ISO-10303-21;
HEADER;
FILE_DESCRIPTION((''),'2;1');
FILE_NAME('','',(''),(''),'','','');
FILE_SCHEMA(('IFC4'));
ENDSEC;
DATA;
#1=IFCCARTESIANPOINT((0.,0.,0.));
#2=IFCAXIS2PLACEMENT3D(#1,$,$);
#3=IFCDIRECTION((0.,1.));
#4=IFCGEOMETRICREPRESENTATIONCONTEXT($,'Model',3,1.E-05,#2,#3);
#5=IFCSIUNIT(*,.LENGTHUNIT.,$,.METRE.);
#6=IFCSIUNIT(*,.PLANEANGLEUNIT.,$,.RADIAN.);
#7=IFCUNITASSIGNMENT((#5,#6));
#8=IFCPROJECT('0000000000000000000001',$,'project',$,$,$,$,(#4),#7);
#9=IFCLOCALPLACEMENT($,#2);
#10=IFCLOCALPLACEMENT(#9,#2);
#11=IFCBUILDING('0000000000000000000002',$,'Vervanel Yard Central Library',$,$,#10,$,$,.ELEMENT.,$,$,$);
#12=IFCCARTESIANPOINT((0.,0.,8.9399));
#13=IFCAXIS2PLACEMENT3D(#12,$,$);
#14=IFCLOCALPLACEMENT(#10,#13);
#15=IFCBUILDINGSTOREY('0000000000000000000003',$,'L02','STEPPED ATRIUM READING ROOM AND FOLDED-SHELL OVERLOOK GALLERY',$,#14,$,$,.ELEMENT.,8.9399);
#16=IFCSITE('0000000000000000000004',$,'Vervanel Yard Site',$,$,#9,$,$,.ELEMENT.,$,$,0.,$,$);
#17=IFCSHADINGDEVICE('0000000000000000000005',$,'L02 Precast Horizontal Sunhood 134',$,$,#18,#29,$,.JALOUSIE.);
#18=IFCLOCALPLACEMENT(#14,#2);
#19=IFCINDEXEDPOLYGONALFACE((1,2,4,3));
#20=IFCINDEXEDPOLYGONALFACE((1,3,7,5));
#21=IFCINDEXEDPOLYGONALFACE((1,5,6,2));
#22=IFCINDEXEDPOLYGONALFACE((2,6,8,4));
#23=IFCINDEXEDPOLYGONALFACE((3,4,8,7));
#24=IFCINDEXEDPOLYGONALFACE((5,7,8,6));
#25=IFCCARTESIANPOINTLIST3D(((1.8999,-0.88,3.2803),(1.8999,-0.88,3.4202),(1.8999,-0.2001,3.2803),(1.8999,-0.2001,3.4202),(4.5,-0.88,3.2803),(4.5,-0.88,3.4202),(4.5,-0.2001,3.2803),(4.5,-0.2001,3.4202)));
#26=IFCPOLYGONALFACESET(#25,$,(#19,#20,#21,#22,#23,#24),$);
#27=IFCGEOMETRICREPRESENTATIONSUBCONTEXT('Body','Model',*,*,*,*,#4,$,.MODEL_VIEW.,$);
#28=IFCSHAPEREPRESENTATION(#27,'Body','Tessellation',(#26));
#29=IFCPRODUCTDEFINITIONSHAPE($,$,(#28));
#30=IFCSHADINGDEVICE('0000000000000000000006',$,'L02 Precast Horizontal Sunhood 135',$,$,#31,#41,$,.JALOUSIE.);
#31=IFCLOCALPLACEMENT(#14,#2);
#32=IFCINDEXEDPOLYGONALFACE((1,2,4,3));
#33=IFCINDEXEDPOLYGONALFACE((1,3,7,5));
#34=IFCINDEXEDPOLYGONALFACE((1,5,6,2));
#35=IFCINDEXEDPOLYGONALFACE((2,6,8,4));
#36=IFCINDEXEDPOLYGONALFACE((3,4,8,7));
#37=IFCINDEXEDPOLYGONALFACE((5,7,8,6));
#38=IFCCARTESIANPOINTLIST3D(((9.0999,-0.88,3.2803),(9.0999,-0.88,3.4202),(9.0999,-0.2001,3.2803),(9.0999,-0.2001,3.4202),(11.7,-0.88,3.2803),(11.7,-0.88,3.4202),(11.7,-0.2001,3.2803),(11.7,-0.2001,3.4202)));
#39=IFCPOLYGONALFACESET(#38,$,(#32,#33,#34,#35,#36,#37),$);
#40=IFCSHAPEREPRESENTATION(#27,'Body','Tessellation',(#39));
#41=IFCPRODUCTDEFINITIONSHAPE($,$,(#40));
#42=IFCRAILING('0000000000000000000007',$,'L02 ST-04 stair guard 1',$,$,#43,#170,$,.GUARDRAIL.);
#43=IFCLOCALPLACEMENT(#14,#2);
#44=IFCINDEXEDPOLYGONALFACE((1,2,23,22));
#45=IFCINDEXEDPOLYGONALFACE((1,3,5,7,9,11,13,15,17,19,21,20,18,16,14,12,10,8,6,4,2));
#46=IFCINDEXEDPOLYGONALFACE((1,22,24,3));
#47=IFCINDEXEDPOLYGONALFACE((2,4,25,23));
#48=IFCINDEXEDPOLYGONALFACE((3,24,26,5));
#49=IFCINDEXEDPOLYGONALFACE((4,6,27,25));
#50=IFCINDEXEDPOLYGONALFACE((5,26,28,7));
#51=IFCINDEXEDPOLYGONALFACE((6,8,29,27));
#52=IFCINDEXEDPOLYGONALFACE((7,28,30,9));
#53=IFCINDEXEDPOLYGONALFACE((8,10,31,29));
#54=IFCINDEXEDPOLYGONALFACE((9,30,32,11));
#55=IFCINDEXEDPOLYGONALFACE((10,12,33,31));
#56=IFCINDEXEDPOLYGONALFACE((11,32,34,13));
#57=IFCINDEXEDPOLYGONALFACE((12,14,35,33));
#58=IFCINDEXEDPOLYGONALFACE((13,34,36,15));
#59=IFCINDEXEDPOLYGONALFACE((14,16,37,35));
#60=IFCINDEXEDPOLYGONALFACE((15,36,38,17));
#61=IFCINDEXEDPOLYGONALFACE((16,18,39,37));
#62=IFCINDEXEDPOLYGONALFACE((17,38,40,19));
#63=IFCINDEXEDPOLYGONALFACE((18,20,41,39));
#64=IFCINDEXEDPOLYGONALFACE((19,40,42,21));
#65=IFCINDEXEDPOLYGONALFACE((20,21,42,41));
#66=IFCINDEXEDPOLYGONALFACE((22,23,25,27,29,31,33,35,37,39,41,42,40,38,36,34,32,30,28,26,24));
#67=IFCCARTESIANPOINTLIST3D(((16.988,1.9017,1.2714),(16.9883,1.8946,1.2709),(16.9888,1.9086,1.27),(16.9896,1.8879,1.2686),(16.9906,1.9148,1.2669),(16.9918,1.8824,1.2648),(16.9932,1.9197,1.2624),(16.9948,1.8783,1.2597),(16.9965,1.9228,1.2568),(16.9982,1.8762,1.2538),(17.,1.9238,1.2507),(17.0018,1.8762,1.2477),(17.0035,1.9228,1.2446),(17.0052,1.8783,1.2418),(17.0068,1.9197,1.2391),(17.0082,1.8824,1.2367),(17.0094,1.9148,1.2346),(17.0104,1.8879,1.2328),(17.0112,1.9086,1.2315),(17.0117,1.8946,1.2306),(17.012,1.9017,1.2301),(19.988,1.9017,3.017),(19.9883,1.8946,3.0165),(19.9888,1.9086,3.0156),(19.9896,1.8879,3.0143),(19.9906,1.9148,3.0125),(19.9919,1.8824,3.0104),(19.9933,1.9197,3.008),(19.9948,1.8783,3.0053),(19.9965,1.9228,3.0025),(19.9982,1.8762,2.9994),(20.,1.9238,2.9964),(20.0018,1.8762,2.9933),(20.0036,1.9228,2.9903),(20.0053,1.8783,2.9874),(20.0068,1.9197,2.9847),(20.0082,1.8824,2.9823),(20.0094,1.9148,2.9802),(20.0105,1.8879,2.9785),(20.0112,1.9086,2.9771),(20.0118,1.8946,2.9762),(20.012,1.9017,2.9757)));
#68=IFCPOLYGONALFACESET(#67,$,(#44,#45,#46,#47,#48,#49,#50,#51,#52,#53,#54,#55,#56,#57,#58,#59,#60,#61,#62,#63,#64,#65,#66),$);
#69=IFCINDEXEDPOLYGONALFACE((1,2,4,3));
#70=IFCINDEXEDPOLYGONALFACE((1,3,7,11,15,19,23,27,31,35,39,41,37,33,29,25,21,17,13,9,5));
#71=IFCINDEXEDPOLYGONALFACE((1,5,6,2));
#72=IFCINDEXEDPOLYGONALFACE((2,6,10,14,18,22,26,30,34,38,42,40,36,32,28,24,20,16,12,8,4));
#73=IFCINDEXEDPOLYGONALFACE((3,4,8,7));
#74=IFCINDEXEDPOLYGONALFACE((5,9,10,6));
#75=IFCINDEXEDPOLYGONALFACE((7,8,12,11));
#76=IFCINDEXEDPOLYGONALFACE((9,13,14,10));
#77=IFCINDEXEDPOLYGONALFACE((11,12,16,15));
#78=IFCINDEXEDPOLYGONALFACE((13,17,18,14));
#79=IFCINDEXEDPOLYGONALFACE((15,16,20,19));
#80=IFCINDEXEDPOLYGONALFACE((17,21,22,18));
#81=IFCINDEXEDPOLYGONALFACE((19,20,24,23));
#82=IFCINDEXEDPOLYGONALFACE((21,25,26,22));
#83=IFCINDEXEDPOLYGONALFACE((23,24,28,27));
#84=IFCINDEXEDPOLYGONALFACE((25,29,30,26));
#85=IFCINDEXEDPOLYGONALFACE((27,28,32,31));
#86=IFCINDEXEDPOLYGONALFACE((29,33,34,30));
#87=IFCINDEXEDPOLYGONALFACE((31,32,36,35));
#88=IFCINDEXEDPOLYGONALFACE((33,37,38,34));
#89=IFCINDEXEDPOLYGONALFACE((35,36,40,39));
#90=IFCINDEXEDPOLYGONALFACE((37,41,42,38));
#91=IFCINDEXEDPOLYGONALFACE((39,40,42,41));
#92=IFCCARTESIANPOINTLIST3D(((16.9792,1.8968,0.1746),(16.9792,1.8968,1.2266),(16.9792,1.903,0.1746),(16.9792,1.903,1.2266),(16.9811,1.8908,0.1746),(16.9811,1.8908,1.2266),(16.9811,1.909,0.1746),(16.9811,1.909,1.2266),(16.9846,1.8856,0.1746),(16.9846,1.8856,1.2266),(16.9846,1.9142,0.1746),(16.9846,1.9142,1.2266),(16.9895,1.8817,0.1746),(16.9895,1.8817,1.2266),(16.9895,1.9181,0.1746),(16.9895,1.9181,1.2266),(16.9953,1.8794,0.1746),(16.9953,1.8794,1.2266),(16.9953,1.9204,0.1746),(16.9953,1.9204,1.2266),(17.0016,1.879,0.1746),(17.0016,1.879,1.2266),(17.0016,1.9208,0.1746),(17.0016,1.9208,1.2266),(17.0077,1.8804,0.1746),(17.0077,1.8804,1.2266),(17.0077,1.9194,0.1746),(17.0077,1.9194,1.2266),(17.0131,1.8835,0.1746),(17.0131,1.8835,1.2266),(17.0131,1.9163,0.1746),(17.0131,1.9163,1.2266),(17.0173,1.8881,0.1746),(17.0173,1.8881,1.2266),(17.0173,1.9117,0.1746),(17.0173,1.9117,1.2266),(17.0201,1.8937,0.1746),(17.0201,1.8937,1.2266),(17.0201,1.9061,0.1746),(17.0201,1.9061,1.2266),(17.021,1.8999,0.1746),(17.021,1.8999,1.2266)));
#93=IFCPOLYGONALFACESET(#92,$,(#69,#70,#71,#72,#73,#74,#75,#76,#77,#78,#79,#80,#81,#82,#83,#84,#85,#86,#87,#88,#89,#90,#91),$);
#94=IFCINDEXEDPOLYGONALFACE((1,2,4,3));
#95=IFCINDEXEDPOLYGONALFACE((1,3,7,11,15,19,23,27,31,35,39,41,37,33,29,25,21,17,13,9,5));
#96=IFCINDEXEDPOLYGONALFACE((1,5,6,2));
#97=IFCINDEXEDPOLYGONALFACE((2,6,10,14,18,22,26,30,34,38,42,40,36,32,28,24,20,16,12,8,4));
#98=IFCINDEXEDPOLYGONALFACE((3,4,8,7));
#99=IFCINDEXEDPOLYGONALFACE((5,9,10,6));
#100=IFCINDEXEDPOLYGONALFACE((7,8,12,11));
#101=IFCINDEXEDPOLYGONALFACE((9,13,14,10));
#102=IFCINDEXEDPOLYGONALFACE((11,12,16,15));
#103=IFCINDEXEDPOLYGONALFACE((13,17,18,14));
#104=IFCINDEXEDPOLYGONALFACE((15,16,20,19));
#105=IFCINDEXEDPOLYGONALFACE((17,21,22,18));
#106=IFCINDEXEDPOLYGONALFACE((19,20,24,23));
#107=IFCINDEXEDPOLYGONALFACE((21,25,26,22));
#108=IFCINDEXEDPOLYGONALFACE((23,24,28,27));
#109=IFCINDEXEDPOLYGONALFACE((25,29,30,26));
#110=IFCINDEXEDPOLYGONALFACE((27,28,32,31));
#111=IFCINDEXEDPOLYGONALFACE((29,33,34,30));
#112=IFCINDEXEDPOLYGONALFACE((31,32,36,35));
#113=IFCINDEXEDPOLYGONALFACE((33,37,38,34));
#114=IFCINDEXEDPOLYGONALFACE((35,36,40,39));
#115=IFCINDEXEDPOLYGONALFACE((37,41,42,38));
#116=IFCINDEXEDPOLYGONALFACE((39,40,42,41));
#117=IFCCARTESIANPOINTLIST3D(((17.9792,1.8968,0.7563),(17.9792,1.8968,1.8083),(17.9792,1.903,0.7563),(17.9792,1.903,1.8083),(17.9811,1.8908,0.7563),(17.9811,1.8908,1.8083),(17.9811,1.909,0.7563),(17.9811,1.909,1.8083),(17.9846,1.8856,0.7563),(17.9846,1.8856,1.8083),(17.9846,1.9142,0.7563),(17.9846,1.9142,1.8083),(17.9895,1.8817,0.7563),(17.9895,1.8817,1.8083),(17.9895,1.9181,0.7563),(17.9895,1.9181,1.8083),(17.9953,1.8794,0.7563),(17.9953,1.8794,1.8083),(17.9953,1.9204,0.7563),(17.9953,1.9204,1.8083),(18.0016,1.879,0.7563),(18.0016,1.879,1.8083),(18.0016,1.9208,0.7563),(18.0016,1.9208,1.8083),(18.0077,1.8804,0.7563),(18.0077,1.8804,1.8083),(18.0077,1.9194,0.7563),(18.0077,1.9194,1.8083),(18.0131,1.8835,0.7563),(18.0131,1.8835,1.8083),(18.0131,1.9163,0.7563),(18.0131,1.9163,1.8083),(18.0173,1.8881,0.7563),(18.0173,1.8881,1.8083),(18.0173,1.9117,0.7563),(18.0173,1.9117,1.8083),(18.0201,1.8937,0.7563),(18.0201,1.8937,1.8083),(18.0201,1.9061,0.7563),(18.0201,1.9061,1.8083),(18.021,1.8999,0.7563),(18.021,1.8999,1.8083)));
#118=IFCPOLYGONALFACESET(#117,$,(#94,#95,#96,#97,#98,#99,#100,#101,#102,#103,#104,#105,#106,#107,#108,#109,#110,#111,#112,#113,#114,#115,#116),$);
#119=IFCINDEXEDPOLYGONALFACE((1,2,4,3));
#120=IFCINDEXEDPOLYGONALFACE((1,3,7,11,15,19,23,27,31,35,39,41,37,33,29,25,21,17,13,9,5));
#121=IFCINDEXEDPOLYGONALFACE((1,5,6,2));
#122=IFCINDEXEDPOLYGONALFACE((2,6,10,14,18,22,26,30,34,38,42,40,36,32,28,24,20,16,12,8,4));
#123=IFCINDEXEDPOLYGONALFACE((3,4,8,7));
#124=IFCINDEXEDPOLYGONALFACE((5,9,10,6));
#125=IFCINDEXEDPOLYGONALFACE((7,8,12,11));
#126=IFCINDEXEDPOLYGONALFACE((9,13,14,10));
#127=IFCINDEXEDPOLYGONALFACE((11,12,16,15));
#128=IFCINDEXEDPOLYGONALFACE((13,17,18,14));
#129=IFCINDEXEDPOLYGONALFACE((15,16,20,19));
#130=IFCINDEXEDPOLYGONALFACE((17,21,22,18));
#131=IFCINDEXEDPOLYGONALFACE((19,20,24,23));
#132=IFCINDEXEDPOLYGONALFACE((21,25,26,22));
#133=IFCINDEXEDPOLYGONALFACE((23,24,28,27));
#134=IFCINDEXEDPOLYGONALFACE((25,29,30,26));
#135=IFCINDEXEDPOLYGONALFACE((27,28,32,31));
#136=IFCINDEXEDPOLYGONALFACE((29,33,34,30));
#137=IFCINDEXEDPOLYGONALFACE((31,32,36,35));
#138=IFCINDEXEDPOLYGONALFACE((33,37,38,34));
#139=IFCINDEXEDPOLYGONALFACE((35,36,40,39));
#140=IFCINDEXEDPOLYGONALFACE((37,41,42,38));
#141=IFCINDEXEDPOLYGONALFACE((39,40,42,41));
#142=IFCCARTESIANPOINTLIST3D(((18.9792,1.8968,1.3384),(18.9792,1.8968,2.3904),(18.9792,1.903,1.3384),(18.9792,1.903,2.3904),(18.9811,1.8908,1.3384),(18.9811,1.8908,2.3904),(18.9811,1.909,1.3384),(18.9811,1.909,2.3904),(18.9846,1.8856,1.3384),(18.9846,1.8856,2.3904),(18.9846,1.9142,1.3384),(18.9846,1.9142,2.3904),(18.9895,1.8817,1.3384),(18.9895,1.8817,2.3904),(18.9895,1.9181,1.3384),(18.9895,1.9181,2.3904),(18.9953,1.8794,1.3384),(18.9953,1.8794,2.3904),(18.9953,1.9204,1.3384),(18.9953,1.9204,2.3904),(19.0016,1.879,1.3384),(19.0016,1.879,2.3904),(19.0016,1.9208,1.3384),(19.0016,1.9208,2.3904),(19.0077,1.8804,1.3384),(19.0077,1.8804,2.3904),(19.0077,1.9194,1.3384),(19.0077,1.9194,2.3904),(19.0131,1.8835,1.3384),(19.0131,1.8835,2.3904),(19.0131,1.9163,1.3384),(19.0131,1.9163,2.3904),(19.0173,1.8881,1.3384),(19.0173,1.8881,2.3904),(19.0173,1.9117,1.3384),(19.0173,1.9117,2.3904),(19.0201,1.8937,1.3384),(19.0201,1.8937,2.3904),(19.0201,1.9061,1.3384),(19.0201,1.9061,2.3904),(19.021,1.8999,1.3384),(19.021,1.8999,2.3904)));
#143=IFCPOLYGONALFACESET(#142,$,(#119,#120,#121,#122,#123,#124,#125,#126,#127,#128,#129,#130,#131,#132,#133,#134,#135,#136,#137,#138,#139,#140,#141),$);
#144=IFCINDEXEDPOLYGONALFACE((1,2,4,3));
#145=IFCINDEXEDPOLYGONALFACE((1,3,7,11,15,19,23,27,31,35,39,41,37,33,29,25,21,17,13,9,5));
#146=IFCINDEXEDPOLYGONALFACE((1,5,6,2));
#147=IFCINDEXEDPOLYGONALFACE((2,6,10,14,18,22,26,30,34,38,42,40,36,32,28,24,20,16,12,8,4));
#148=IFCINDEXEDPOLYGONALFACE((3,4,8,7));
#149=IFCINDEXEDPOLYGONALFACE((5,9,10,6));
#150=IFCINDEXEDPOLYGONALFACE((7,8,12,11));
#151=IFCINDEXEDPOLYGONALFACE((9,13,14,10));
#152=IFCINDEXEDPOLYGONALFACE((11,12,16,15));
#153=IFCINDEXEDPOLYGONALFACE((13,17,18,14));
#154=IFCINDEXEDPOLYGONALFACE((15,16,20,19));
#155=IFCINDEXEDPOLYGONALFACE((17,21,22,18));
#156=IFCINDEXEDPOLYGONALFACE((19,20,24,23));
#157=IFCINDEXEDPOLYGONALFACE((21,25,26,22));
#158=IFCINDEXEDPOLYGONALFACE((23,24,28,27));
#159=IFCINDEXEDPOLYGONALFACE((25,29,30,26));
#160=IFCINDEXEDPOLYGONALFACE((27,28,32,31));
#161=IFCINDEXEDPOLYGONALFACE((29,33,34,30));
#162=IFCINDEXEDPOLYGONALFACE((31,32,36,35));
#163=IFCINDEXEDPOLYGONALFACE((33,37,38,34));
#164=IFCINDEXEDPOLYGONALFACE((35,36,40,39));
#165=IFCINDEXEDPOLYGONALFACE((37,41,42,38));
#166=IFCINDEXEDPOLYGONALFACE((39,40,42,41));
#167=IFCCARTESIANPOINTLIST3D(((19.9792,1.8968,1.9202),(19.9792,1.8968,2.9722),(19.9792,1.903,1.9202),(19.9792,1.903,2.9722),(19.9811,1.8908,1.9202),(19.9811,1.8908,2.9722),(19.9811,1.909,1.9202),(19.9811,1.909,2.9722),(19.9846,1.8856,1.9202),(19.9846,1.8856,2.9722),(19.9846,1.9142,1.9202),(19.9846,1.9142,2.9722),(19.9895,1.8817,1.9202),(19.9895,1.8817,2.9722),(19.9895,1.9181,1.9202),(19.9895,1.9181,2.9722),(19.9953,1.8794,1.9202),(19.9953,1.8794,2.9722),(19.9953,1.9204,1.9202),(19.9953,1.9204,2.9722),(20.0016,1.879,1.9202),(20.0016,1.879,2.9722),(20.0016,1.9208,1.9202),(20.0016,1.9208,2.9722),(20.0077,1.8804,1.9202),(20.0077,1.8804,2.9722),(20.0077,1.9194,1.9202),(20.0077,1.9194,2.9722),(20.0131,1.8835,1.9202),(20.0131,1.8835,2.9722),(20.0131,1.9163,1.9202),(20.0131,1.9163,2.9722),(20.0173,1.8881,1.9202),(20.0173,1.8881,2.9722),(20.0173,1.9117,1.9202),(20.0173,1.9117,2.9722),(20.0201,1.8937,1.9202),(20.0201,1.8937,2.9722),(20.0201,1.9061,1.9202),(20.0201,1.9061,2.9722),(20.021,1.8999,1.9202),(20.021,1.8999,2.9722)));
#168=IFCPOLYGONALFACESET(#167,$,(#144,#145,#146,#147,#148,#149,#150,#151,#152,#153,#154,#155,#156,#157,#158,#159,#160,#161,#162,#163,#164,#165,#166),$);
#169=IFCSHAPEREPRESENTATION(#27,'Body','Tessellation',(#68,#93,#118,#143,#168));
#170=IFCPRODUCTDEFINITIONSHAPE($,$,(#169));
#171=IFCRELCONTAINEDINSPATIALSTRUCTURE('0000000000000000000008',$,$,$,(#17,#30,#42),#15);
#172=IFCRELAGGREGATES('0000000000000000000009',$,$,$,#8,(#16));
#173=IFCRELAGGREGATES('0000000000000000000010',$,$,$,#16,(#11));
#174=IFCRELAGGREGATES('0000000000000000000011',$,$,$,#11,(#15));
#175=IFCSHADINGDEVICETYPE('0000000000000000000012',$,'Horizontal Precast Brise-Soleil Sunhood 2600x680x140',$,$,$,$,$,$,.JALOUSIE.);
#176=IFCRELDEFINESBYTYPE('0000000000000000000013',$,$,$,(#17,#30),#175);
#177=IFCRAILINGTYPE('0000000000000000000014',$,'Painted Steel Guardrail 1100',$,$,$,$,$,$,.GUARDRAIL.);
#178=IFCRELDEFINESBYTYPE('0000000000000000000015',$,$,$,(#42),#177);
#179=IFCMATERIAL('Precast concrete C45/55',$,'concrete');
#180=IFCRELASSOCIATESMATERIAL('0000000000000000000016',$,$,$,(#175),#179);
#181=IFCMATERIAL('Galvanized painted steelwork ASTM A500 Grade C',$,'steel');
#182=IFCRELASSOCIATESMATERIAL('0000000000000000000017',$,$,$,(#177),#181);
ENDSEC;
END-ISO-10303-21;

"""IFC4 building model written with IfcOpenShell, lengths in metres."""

from ifc_helpers import new_model, si_unit, direction, frame, origin, origin_2d, place, context, subcontext, project, spatial, rectangle, circle, extrude, material, type_object, element, save


model = new_model("IFC4")

# Units and contexts
model_context = context("Model", 3, precision=1e-05, world=origin(), true_north=direction((0.0, 1.0)))
body_context = subcontext(model_context, "Body", "Model", "MODEL_VIEW")
ifc_project = project(units=[si_unit("LENGTHUNIT", "METRE"), si_unit("PLANEANGLEUNIT", "RADIAN")], contexts=[model_context])

# Site, building, storey
site_placement = place(None, origin())
site = spatial("IfcSite", under=ifc_project, at=site_placement, Name="Vervanel Yard Site", CompositionType="ELEMENT", RefElevation=0.0)
building_placement = place(site_placement, origin())
building = spatial("IfcBuilding", under=site, at=building_placement, Name="Vervanel Yard Central Library", CompositionType="ELEMENT")
storey_placement = place(building_placement, frame((0.0, 0.0, 8.9399)))
storey = spatial("IfcBuildingStorey", under=building, at=storey_placement, Name="L02", Description="STEPPED ATRIUM READING ROOM AND FOLDED-SHELL OVERLOOK GALLERY", CompositionType="ELEMENT", Elevation=8.9399)

# Shared definitions
ifc_material_1 = material(Name="Precast concrete C45/55", Category="concrete")

# Shading devices
shading_device_type_1 = type_object("IfcShadingDeviceType", Name="Horizontal Precast Brise-Soleil Sunhood 2600x680x140", PredefinedType="JALOUSIE", material=ifc_material_1)
for number, where, z_axis, x_axis, name in (
    (1, (3.2, -0.54, 3.2803), (0.0, 0.0, 1.0), (1.0, 0.0, 0.0), "L02 Precast Horizontal Sunhood 134"),
    (2, (10.3999, -0.54, 3.2803), (0.0, 0.0, 1.0), (1.0, 0.0, 0.0), "L02 Precast Horizontal Sunhood 135"),
):
    element("IfcShadingDevice", number, at=place(storey_placement, frame(where, z_axis=z_axis, x_axis=x_axis)), inside=storey, type_object=shading_device_type_1, Name=name, PredefinedType="JALOUSIE", context=body_context, shape_type="SweptSolid", body=[
        extrude(rectangle(XDim=2.6001, YDim=0.6799, at=origin_2d()), origin(), (0.0, 0.0, 1.0), 0.1399),
    ])

# Railing
ifc_material_2 = material(Name="Galvanized painted steelwork ASTM A500 Grade C", Category="steel")
railing_type_1 = type_object("IfcRailingType", Name="Painted Steel Guardrail 1100", PredefinedType="GUARDRAIL", material=ifc_material_2)
railing_1_placement = place(storey_placement, frame((17.0, 1.8999, 0.1746)))
element("IfcRailing", 3, at=railing_1_placement, inside=storey, type_object=railing_type_1, Name="L02 ST-04 stair guard 1", PredefinedType="GUARDRAIL", context=body_context, shape_type="SweptSolid", body=[
    extrude(circle(Radius=0.0239, at=origin_2d()), frame((0.0, 0.0, 1.0762), z_axis=(0.864329, 0.0, 0.502926), x_axis=(0.0, 1.0, 0.0)), (0.0, 0.0, 1.0), 3.4709),
    extrude(circle(Radius=0.021, at=origin_2d()), origin(), (0.0, 0.0, 1.0), 1.052),
    extrude(circle(Radius=0.021, at=origin_2d()), frame((1.0, 0.0, 0.5818)), (0.0, 0.0, 1.0), 1.052),
    extrude(circle(Radius=0.021, at=origin_2d()), frame((2.0, 0.0, 1.1638)), (0.0, 0.0, 1.0), 1.052),
    extrude(circle(Radius=0.021, at=origin_2d()), frame((3.0, 0.0, 1.7456)), (0.0, 0.0, 1.0), 1.052),
])

save(model, "model.ifc")
